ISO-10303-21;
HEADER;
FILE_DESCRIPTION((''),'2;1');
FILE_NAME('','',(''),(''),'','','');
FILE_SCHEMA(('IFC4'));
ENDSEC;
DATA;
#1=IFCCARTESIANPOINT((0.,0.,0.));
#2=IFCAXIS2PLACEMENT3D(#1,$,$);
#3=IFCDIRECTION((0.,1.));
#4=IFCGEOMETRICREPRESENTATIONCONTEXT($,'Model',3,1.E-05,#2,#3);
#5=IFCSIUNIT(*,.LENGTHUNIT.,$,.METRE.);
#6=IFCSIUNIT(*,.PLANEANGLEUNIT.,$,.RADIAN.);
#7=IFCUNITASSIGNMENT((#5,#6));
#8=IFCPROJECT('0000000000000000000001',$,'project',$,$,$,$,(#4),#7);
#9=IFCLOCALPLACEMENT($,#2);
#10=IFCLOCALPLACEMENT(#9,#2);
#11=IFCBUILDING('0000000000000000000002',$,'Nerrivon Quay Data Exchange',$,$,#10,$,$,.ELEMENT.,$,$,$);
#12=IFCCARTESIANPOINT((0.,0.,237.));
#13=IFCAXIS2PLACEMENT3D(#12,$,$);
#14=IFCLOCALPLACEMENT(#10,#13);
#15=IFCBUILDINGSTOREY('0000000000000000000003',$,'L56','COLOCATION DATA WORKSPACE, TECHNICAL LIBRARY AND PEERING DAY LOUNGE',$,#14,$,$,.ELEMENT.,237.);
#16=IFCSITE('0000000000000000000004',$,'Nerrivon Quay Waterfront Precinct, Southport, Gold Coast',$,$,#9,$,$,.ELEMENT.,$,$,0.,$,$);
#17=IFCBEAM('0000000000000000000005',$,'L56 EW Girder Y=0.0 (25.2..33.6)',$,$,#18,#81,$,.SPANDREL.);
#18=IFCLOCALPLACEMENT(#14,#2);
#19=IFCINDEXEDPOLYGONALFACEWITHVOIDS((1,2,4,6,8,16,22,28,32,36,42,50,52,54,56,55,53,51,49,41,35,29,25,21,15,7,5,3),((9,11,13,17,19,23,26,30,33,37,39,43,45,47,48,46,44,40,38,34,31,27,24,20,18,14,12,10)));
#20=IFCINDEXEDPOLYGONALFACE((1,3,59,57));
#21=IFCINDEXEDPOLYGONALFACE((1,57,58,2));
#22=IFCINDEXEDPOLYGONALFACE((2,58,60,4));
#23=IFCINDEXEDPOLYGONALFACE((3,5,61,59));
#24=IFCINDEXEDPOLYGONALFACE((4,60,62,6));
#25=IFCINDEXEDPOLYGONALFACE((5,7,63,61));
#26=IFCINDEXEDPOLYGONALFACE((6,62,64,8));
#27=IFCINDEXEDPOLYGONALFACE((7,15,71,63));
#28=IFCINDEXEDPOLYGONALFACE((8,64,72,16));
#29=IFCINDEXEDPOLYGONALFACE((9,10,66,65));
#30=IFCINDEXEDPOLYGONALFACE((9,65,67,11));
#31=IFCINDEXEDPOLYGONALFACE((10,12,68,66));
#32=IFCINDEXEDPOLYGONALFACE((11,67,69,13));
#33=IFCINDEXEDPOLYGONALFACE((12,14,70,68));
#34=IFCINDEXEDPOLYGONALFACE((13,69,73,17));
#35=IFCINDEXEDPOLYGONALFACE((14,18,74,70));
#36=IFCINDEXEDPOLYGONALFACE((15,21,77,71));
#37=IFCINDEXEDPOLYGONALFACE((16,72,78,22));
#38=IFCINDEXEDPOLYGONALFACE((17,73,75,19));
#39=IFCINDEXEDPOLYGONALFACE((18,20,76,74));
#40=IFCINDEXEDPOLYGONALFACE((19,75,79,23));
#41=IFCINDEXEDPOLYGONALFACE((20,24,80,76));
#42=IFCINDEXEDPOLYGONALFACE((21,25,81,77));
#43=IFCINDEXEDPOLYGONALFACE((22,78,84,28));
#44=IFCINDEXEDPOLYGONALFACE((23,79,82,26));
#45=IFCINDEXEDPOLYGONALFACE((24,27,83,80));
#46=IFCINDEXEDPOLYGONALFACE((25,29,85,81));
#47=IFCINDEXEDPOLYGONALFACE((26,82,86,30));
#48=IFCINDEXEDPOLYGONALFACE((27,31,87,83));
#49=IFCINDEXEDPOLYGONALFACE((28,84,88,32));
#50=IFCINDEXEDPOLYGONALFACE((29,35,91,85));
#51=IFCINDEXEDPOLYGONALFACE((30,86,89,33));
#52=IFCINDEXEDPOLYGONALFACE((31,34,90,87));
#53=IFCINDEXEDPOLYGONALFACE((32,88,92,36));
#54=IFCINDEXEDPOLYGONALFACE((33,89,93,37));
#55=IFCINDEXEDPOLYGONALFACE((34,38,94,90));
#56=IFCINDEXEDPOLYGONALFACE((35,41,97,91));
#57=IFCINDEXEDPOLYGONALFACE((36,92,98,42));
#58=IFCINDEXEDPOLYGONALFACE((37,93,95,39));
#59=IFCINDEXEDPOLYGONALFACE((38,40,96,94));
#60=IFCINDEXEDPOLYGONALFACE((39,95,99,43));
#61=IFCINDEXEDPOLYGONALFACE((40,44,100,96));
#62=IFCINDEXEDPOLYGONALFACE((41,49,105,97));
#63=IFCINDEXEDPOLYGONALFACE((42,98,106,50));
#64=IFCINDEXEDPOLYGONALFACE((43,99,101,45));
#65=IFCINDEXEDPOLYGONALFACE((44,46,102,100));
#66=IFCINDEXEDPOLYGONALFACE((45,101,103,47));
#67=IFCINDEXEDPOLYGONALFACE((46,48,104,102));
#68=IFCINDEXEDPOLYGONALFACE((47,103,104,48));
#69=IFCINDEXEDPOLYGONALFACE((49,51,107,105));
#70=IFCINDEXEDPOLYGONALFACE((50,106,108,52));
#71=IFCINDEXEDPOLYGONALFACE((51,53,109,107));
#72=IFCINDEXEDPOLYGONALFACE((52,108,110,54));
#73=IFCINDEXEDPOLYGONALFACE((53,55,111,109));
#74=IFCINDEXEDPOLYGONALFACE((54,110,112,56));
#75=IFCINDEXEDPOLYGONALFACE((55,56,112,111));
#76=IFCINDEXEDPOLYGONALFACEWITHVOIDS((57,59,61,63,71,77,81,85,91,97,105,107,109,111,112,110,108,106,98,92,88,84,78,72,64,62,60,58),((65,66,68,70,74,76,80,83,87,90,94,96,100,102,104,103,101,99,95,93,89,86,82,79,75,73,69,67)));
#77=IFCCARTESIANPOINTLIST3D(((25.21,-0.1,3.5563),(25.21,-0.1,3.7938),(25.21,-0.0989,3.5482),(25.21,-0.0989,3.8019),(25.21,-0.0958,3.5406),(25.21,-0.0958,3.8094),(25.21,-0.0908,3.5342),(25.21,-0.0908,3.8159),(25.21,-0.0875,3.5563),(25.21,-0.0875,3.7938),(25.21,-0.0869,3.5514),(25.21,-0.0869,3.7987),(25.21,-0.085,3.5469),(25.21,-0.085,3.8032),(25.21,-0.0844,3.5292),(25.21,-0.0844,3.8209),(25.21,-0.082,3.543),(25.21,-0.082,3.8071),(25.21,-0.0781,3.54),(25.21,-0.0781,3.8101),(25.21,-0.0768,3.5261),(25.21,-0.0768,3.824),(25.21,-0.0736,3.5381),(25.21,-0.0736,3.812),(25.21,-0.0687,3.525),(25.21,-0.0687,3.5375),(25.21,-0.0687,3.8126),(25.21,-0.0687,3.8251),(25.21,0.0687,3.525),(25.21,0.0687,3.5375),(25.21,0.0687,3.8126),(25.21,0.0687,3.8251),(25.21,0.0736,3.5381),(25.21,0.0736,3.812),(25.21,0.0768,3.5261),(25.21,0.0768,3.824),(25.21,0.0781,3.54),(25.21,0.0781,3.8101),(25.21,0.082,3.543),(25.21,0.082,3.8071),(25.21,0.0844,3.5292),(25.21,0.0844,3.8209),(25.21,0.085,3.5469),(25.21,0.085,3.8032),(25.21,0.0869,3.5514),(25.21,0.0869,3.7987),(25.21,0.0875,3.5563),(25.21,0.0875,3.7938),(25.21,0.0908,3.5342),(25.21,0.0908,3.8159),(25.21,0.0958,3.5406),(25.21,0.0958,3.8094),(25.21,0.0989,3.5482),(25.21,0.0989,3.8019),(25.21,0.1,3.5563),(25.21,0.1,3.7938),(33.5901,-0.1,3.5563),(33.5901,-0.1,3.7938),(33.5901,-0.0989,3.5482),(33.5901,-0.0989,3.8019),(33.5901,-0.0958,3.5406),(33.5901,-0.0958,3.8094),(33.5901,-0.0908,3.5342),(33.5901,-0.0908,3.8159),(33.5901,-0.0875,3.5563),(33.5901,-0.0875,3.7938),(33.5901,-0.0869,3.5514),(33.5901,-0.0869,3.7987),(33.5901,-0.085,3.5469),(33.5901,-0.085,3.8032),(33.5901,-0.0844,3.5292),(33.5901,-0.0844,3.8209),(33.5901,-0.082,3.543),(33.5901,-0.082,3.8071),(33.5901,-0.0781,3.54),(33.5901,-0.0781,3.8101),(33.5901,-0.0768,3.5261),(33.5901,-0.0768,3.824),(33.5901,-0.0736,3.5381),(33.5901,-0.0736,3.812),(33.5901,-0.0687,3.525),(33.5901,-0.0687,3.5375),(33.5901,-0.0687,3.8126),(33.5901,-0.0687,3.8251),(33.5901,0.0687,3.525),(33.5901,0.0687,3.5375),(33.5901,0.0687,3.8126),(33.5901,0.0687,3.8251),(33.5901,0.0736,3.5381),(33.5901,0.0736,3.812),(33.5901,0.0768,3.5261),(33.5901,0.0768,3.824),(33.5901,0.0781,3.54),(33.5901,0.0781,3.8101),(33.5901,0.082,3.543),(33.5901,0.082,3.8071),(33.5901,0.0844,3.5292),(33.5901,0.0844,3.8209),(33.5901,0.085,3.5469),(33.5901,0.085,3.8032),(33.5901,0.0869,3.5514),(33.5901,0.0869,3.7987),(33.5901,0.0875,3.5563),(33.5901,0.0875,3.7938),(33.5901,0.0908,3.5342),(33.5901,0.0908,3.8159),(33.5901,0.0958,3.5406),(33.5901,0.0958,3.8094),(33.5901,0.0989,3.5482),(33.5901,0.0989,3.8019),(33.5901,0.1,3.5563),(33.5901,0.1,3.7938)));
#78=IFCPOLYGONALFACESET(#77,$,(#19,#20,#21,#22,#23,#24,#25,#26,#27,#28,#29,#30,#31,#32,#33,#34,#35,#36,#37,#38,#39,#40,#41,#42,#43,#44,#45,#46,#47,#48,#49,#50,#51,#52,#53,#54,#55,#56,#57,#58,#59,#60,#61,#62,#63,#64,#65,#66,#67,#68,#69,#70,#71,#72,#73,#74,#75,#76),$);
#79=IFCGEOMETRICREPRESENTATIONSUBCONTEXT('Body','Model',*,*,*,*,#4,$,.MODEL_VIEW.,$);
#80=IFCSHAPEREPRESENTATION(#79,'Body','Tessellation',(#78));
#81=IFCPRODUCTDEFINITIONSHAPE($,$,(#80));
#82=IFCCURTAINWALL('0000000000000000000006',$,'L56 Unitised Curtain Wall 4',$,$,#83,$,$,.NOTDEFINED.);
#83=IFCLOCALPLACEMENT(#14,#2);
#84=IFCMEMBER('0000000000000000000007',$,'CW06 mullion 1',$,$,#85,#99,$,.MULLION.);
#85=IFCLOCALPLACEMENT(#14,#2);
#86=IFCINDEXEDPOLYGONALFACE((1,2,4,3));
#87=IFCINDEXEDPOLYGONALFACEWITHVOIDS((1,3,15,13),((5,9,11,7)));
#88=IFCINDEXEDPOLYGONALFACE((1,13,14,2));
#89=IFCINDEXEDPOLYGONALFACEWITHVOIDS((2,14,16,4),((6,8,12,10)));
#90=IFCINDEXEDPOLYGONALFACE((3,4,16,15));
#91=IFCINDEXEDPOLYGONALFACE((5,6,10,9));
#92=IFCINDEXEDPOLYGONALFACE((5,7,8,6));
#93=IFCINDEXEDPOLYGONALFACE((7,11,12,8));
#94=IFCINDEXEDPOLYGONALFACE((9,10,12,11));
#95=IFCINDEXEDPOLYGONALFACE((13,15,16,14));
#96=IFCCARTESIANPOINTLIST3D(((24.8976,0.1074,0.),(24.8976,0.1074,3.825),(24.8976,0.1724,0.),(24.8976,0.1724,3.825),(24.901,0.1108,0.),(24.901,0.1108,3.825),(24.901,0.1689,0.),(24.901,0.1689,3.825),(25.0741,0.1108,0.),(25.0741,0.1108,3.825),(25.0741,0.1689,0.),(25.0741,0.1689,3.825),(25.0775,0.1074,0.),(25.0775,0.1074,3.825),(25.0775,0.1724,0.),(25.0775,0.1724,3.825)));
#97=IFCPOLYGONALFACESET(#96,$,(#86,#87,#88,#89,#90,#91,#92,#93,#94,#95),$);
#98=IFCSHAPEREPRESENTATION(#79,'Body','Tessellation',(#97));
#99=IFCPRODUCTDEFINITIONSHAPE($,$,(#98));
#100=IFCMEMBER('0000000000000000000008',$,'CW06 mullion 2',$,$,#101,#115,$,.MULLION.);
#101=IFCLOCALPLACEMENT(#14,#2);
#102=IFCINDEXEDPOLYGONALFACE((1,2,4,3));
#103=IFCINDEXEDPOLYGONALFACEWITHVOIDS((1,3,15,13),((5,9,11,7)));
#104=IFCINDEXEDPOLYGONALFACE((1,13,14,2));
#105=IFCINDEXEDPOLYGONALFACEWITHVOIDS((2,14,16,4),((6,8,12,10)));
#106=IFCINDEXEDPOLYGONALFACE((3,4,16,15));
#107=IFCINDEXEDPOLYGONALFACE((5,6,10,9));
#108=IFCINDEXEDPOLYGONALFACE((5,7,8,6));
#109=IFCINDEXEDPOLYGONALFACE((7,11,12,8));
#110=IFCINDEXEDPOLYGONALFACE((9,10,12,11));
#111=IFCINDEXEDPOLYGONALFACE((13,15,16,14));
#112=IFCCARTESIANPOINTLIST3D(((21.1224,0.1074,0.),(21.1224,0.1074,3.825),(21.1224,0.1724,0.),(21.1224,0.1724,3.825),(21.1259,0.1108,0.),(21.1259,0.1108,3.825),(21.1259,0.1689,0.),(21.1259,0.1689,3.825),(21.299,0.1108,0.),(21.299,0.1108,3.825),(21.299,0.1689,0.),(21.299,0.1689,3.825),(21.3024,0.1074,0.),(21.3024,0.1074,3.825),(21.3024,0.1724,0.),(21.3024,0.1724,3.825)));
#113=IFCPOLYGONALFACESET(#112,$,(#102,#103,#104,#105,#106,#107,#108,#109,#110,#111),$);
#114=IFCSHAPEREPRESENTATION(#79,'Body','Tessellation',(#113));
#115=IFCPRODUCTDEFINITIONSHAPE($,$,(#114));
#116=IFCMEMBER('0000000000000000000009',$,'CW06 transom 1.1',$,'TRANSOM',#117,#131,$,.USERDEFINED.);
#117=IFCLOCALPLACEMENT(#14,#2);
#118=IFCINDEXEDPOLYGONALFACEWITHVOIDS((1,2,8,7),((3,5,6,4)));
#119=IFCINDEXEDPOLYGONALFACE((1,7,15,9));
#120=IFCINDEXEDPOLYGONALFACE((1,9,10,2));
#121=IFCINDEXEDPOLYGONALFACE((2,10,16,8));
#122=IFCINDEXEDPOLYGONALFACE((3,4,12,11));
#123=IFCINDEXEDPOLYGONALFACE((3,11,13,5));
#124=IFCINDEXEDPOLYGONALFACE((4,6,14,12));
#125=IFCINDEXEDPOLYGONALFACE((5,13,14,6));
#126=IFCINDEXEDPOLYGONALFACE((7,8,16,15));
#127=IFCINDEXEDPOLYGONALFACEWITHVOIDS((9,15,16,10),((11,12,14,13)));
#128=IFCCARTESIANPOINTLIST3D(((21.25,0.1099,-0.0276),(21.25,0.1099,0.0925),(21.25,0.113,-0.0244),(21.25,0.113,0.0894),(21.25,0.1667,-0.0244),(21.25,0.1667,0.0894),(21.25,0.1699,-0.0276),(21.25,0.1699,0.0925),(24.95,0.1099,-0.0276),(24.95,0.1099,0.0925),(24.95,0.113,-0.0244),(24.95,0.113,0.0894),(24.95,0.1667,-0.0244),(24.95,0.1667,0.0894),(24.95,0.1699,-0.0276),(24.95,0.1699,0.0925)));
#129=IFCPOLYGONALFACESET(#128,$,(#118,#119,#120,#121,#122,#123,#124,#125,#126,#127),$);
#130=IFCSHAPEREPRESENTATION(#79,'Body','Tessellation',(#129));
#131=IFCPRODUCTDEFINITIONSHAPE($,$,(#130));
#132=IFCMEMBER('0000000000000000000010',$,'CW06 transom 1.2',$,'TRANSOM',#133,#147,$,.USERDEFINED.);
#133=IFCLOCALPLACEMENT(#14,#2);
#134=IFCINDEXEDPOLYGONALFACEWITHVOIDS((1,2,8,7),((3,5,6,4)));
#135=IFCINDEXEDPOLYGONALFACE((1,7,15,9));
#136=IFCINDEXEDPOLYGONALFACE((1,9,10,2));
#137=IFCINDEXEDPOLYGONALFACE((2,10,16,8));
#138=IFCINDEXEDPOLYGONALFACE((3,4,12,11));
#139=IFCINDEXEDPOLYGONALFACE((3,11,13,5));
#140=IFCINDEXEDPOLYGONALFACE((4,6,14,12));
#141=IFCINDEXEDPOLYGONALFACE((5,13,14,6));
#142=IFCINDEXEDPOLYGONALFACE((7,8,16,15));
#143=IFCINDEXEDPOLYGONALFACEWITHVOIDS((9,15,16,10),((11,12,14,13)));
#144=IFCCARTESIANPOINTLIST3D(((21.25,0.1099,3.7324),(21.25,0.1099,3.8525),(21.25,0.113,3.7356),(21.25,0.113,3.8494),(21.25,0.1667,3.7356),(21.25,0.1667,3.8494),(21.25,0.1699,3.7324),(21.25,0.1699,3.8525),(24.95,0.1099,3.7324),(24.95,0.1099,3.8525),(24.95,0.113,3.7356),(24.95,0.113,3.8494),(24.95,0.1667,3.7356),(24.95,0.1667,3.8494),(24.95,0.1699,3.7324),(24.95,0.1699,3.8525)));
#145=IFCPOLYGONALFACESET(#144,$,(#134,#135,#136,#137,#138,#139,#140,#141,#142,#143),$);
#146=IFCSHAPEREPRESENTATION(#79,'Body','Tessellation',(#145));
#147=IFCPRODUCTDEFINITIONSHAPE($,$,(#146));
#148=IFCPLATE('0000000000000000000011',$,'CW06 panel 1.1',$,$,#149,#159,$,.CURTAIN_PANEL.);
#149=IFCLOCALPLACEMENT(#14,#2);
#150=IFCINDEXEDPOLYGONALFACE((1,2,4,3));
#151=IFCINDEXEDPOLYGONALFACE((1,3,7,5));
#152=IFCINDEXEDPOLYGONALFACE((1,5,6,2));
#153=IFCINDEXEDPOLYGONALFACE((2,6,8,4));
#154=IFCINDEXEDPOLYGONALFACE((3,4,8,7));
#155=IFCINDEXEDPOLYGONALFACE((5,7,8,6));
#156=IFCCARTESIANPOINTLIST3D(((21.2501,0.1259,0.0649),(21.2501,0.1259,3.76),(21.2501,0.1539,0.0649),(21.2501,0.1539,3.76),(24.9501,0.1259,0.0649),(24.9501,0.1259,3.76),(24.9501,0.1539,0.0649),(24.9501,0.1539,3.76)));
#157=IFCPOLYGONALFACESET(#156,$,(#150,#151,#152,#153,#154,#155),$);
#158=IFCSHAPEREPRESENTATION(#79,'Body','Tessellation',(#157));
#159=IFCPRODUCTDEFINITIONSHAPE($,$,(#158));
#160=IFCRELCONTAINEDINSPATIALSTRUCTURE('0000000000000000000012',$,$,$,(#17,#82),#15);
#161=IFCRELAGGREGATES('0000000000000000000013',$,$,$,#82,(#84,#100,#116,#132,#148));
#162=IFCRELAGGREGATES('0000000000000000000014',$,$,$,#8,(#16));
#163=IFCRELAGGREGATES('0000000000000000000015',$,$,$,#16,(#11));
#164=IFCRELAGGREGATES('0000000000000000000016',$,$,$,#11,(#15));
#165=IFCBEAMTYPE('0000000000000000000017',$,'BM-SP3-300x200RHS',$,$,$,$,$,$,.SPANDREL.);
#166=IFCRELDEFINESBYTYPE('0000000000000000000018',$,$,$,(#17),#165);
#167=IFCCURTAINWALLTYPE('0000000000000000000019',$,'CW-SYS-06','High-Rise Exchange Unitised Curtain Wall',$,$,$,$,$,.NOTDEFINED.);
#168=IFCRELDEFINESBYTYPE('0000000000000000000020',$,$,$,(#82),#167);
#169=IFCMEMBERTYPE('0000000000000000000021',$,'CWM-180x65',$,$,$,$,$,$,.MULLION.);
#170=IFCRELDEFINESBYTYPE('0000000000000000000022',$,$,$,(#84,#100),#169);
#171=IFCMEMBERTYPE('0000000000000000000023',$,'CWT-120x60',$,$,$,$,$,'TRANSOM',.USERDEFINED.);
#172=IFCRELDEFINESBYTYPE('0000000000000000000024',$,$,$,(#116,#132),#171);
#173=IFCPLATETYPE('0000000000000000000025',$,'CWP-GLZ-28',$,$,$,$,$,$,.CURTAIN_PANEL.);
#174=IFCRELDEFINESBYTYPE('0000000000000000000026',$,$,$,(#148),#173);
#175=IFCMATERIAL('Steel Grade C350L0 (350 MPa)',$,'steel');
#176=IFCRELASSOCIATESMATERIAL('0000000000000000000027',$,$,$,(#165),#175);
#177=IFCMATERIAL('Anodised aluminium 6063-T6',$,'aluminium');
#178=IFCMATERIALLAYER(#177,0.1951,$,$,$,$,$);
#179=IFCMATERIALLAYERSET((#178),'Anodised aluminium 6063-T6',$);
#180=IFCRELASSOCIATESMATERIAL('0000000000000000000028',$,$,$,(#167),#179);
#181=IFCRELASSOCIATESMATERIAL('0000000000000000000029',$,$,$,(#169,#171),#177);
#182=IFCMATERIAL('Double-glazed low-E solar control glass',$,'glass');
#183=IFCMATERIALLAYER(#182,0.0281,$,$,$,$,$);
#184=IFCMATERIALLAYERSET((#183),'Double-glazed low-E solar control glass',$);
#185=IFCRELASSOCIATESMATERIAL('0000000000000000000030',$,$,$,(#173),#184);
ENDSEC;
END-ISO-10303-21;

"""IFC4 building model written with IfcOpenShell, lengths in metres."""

from ifc_helpers import new_model, si_unit, direction, frame, origin, origin_2d, place, context, subcontext, project, spatial, rectangle, hollow_rectangle, extrude, material, layer, layer_set, material_profile, profile_set, type_object, element, aggregate, save


model = new_model("IFC4")

# Units and contexts
model_context = context("Model", 3, precision=1e-05, world=origin(), true_north=direction((0.0, 1.0)))
body_context = subcontext(model_context, "Body", "Model", "MODEL_VIEW")
ifc_project = project(units=[si_unit("LENGTHUNIT", "METRE"), si_unit("PLANEANGLEUNIT", "RADIAN")], contexts=[model_context])

# Site, building, storey
site_placement = place(None, origin())
site = spatial("IfcSite", under=ifc_project, at=site_placement, Name="Nerrivon Quay Waterfront Precinct, Southport, Gold Coast", CompositionType="ELEMENT", RefElevation=0.0)
building_placement = place(site_placement, origin())
building = spatial("IfcBuilding", under=site, at=building_placement, Name="Nerrivon Quay Data Exchange", CompositionType="ELEMENT")
storey_placement = place(building_placement, frame((0.0, 0.0, 237.0)))
storey = spatial("IfcBuildingStorey", under=building, at=storey_placement, Name="L56", Description="COLOCATION DATA WORKSPACE, TECHNICAL LIBRARY AND PEERING DAY LOUNGE", CompositionType="ELEMENT", Elevation=237.0)

# Beam
ifc_material_1 = material(Name="Steel Grade C350L0 (350 MPa)", Category="steel")
ifc_material_profile_1 = material_profile(ifc_material_1, hollow_rectangle(XDim=0.2, YDim=0.3, WallThickness=0.0125, InnerFilletRadius=0.0188, OuterFilletRadius=0.0312, at=origin_2d()), Name="300x200x12.5RHS")
ifc_profile_set_1 = profile_set([ifc_material_profile_1], Name="Steel Grade C350L0 (350 MPa)")
beam_type_1 = type_object("IfcBeamType", Name="BM-SP3-300x200RHS", PredefinedType="SPANDREL", material=ifc_profile_set_1)
beam_1_placement = place(storey_placement, frame((25.21, 0.0, 3.675), z_axis=(1.0, 0.0, 0.0), x_axis=(0.0, 1.0, 0.0)))
element("IfcBeam", 1, at=beam_1_placement, inside=storey, type_object=beam_type_1, Name="L56 EW Girder Y=0.0 (25.2..33.6)", PredefinedType="SPANDREL", context=body_context, shape_type="SweptSolid", body=[
    extrude(hollow_rectangle(XDim=0.2, YDim=0.3, WallThickness=0.0125, InnerFilletRadius=0.0188, OuterFilletRadius=0.0312, at=origin_2d()), origin(), (0.0, 0.0, 1.0), 8.3801),
])

# Curtain wall, members, plate
ifc_material_2 = material(Name="Anodised aluminium 6063-T6", Category="aluminium")
ifc_layer_1 = layer(ifc_material_2, 0.1951)
ifc_layer_set_1 = layer_set([ifc_layer_1], Name="Anodised aluminium 6063-T6")
curtain_wall_type = type_object("IfcCurtainWallType", Name="CW-SYS-06", Description="High-Rise Exchange Unitised Curtain Wall", PredefinedType="NOTDEFINED", material=ifc_layer_set_1)
curtain_wall_placement = place(storey_placement, origin())
curtain_wall = element("IfcCurtainWall", 2, at=curtain_wall_placement, inside=storey, type_object=curtain_wall_type, Name="L56 Unitised Curtain Wall 4", PredefinedType="NOTDEFINED")
ifc_material_profile_2 = material_profile(ifc_material_2, hollow_rectangle(XDim=0.0649, YDim=0.1799, WallThickness=0.0034, at=origin_2d()), Name="ALU-MULL-180x65")
ifc_profile_set_2 = profile_set([ifc_material_profile_2], Name="Anodised aluminium 6063-T6")
member_type_1 = type_object("IfcMemberType", Name="CWM-180x65", PredefinedType="MULLION", material=ifc_profile_set_2)
member_1_placement = place(storey_placement, frame((24.9875, 0.1399, 0.0), z_axis=(0.0, 0.0, 1.0), x_axis=(0.0, -1.0, 0.0)))
member_1 = element("IfcMember", 3, at=member_1_placement, type_object=member_type_1, Name="CW06 mullion 1", PredefinedType="MULLION", context=body_context, shape_type="SweptSolid", body=[
    extrude(hollow_rectangle(XDim=0.0649, YDim=0.1799, WallThickness=0.0034, at=origin_2d()), origin(), (0.0, 0.0, 1.0), 3.825),
])
member_2_placement = place(storey_placement, frame((21.2124, 0.1399, 0.0), z_axis=(0.0, 0.0, 1.0), x_axis=(0.0, -1.0, 0.0)))
member_2 = element("IfcMember", 4, at=member_2_placement, type_object=member_type_1, Name="CW06 mullion 2", PredefinedType="MULLION", context=body_context, shape_type="SweptSolid", body=[
    extrude(hollow_rectangle(XDim=0.0649, YDim=0.1799, WallThickness=0.0034, at=origin_2d()), origin(), (0.0, 0.0, 1.0), 3.825),
])
ifc_material_profile_3 = material_profile(ifc_material_2, hollow_rectangle(XDim=0.0601, YDim=0.1201, WallThickness=0.0032, at=origin_2d()), Name="ALU-TRAN-120x60")
ifc_profile_set_3 = profile_set([ifc_material_profile_3], Name="Anodised aluminium 6063-T6")
member_type_2 = type_object("IfcMemberType", Name="CWT-120x60", ElementType="TRANSOM", PredefinedType="USERDEFINED", material=ifc_profile_set_3)
member_3_placement = place(storey_placement, frame((24.95, 0.1399, 0.0325), z_axis=(-1.0, 0.0, 0.0), x_axis=(0.0, -1.0, 0.0)))
member_3 = element("IfcMember", 5, at=member_3_placement, type_object=member_type_2, Name="CW06 transom 1.1", ObjectType="TRANSOM", PredefinedType="USERDEFINED", context=body_context, shape_type="SweptSolid", body=[
    extrude(hollow_rectangle(XDim=0.0601, YDim=0.1201, WallThickness=0.0032, at=origin_2d()), origin(), (0.0, 0.0, 1.0), 3.7),
])
member_4_placement = place(storey_placement, frame((24.95, 0.1399, 3.7925), z_axis=(-1.0, 0.0, 0.0), x_axis=(0.0, -1.0, 0.0)))
member_4 = element("IfcMember", 6, at=member_4_placement, type_object=member_type_2, Name="CW06 transom 1.2", ObjectType="TRANSOM", PredefinedType="USERDEFINED", context=body_context, shape_type="SweptSolid", body=[
    extrude(hollow_rectangle(XDim=0.0601, YDim=0.1201, WallThickness=0.0032, at=origin_2d()), origin(), (0.0, 0.0, 1.0), 3.7),
])
ifc_material_3 = material(Name="Double-glazed low-E solar control glass", Category="glass")
ifc_layer_2 = layer(ifc_material_3, 0.0281)
ifc_layer_set_2 = layer_set([ifc_layer_2], Name="Double-glazed low-E solar control glass")
plate_type = type_object("IfcPlateType", Name="CWP-GLZ-28", PredefinedType="CURTAIN_PANEL", material=ifc_layer_set_2)
plate_placement = place(storey_placement, frame((23.1001, 0.1399, 0.0649), z_axis=(0.0, 0.0, 1.0), x_axis=(-1.0, 0.0, 0.0)))
plate = element("IfcPlate", 7, at=plate_placement, type_object=plate_type, Name="CW06 panel 1.1", PredefinedType="CURTAIN_PANEL", context=body_context, shape_type="SweptSolid", body=[
    extrude(rectangle(XDim=3.7, YDim=0.0281, at=origin_2d()), origin(), (0.0, 0.0, 1.0), 3.6951),
])
aggregate(curtain_wall, [member_1, member_2, member_3, member_4, plate])

save(model, "model.ifc")
